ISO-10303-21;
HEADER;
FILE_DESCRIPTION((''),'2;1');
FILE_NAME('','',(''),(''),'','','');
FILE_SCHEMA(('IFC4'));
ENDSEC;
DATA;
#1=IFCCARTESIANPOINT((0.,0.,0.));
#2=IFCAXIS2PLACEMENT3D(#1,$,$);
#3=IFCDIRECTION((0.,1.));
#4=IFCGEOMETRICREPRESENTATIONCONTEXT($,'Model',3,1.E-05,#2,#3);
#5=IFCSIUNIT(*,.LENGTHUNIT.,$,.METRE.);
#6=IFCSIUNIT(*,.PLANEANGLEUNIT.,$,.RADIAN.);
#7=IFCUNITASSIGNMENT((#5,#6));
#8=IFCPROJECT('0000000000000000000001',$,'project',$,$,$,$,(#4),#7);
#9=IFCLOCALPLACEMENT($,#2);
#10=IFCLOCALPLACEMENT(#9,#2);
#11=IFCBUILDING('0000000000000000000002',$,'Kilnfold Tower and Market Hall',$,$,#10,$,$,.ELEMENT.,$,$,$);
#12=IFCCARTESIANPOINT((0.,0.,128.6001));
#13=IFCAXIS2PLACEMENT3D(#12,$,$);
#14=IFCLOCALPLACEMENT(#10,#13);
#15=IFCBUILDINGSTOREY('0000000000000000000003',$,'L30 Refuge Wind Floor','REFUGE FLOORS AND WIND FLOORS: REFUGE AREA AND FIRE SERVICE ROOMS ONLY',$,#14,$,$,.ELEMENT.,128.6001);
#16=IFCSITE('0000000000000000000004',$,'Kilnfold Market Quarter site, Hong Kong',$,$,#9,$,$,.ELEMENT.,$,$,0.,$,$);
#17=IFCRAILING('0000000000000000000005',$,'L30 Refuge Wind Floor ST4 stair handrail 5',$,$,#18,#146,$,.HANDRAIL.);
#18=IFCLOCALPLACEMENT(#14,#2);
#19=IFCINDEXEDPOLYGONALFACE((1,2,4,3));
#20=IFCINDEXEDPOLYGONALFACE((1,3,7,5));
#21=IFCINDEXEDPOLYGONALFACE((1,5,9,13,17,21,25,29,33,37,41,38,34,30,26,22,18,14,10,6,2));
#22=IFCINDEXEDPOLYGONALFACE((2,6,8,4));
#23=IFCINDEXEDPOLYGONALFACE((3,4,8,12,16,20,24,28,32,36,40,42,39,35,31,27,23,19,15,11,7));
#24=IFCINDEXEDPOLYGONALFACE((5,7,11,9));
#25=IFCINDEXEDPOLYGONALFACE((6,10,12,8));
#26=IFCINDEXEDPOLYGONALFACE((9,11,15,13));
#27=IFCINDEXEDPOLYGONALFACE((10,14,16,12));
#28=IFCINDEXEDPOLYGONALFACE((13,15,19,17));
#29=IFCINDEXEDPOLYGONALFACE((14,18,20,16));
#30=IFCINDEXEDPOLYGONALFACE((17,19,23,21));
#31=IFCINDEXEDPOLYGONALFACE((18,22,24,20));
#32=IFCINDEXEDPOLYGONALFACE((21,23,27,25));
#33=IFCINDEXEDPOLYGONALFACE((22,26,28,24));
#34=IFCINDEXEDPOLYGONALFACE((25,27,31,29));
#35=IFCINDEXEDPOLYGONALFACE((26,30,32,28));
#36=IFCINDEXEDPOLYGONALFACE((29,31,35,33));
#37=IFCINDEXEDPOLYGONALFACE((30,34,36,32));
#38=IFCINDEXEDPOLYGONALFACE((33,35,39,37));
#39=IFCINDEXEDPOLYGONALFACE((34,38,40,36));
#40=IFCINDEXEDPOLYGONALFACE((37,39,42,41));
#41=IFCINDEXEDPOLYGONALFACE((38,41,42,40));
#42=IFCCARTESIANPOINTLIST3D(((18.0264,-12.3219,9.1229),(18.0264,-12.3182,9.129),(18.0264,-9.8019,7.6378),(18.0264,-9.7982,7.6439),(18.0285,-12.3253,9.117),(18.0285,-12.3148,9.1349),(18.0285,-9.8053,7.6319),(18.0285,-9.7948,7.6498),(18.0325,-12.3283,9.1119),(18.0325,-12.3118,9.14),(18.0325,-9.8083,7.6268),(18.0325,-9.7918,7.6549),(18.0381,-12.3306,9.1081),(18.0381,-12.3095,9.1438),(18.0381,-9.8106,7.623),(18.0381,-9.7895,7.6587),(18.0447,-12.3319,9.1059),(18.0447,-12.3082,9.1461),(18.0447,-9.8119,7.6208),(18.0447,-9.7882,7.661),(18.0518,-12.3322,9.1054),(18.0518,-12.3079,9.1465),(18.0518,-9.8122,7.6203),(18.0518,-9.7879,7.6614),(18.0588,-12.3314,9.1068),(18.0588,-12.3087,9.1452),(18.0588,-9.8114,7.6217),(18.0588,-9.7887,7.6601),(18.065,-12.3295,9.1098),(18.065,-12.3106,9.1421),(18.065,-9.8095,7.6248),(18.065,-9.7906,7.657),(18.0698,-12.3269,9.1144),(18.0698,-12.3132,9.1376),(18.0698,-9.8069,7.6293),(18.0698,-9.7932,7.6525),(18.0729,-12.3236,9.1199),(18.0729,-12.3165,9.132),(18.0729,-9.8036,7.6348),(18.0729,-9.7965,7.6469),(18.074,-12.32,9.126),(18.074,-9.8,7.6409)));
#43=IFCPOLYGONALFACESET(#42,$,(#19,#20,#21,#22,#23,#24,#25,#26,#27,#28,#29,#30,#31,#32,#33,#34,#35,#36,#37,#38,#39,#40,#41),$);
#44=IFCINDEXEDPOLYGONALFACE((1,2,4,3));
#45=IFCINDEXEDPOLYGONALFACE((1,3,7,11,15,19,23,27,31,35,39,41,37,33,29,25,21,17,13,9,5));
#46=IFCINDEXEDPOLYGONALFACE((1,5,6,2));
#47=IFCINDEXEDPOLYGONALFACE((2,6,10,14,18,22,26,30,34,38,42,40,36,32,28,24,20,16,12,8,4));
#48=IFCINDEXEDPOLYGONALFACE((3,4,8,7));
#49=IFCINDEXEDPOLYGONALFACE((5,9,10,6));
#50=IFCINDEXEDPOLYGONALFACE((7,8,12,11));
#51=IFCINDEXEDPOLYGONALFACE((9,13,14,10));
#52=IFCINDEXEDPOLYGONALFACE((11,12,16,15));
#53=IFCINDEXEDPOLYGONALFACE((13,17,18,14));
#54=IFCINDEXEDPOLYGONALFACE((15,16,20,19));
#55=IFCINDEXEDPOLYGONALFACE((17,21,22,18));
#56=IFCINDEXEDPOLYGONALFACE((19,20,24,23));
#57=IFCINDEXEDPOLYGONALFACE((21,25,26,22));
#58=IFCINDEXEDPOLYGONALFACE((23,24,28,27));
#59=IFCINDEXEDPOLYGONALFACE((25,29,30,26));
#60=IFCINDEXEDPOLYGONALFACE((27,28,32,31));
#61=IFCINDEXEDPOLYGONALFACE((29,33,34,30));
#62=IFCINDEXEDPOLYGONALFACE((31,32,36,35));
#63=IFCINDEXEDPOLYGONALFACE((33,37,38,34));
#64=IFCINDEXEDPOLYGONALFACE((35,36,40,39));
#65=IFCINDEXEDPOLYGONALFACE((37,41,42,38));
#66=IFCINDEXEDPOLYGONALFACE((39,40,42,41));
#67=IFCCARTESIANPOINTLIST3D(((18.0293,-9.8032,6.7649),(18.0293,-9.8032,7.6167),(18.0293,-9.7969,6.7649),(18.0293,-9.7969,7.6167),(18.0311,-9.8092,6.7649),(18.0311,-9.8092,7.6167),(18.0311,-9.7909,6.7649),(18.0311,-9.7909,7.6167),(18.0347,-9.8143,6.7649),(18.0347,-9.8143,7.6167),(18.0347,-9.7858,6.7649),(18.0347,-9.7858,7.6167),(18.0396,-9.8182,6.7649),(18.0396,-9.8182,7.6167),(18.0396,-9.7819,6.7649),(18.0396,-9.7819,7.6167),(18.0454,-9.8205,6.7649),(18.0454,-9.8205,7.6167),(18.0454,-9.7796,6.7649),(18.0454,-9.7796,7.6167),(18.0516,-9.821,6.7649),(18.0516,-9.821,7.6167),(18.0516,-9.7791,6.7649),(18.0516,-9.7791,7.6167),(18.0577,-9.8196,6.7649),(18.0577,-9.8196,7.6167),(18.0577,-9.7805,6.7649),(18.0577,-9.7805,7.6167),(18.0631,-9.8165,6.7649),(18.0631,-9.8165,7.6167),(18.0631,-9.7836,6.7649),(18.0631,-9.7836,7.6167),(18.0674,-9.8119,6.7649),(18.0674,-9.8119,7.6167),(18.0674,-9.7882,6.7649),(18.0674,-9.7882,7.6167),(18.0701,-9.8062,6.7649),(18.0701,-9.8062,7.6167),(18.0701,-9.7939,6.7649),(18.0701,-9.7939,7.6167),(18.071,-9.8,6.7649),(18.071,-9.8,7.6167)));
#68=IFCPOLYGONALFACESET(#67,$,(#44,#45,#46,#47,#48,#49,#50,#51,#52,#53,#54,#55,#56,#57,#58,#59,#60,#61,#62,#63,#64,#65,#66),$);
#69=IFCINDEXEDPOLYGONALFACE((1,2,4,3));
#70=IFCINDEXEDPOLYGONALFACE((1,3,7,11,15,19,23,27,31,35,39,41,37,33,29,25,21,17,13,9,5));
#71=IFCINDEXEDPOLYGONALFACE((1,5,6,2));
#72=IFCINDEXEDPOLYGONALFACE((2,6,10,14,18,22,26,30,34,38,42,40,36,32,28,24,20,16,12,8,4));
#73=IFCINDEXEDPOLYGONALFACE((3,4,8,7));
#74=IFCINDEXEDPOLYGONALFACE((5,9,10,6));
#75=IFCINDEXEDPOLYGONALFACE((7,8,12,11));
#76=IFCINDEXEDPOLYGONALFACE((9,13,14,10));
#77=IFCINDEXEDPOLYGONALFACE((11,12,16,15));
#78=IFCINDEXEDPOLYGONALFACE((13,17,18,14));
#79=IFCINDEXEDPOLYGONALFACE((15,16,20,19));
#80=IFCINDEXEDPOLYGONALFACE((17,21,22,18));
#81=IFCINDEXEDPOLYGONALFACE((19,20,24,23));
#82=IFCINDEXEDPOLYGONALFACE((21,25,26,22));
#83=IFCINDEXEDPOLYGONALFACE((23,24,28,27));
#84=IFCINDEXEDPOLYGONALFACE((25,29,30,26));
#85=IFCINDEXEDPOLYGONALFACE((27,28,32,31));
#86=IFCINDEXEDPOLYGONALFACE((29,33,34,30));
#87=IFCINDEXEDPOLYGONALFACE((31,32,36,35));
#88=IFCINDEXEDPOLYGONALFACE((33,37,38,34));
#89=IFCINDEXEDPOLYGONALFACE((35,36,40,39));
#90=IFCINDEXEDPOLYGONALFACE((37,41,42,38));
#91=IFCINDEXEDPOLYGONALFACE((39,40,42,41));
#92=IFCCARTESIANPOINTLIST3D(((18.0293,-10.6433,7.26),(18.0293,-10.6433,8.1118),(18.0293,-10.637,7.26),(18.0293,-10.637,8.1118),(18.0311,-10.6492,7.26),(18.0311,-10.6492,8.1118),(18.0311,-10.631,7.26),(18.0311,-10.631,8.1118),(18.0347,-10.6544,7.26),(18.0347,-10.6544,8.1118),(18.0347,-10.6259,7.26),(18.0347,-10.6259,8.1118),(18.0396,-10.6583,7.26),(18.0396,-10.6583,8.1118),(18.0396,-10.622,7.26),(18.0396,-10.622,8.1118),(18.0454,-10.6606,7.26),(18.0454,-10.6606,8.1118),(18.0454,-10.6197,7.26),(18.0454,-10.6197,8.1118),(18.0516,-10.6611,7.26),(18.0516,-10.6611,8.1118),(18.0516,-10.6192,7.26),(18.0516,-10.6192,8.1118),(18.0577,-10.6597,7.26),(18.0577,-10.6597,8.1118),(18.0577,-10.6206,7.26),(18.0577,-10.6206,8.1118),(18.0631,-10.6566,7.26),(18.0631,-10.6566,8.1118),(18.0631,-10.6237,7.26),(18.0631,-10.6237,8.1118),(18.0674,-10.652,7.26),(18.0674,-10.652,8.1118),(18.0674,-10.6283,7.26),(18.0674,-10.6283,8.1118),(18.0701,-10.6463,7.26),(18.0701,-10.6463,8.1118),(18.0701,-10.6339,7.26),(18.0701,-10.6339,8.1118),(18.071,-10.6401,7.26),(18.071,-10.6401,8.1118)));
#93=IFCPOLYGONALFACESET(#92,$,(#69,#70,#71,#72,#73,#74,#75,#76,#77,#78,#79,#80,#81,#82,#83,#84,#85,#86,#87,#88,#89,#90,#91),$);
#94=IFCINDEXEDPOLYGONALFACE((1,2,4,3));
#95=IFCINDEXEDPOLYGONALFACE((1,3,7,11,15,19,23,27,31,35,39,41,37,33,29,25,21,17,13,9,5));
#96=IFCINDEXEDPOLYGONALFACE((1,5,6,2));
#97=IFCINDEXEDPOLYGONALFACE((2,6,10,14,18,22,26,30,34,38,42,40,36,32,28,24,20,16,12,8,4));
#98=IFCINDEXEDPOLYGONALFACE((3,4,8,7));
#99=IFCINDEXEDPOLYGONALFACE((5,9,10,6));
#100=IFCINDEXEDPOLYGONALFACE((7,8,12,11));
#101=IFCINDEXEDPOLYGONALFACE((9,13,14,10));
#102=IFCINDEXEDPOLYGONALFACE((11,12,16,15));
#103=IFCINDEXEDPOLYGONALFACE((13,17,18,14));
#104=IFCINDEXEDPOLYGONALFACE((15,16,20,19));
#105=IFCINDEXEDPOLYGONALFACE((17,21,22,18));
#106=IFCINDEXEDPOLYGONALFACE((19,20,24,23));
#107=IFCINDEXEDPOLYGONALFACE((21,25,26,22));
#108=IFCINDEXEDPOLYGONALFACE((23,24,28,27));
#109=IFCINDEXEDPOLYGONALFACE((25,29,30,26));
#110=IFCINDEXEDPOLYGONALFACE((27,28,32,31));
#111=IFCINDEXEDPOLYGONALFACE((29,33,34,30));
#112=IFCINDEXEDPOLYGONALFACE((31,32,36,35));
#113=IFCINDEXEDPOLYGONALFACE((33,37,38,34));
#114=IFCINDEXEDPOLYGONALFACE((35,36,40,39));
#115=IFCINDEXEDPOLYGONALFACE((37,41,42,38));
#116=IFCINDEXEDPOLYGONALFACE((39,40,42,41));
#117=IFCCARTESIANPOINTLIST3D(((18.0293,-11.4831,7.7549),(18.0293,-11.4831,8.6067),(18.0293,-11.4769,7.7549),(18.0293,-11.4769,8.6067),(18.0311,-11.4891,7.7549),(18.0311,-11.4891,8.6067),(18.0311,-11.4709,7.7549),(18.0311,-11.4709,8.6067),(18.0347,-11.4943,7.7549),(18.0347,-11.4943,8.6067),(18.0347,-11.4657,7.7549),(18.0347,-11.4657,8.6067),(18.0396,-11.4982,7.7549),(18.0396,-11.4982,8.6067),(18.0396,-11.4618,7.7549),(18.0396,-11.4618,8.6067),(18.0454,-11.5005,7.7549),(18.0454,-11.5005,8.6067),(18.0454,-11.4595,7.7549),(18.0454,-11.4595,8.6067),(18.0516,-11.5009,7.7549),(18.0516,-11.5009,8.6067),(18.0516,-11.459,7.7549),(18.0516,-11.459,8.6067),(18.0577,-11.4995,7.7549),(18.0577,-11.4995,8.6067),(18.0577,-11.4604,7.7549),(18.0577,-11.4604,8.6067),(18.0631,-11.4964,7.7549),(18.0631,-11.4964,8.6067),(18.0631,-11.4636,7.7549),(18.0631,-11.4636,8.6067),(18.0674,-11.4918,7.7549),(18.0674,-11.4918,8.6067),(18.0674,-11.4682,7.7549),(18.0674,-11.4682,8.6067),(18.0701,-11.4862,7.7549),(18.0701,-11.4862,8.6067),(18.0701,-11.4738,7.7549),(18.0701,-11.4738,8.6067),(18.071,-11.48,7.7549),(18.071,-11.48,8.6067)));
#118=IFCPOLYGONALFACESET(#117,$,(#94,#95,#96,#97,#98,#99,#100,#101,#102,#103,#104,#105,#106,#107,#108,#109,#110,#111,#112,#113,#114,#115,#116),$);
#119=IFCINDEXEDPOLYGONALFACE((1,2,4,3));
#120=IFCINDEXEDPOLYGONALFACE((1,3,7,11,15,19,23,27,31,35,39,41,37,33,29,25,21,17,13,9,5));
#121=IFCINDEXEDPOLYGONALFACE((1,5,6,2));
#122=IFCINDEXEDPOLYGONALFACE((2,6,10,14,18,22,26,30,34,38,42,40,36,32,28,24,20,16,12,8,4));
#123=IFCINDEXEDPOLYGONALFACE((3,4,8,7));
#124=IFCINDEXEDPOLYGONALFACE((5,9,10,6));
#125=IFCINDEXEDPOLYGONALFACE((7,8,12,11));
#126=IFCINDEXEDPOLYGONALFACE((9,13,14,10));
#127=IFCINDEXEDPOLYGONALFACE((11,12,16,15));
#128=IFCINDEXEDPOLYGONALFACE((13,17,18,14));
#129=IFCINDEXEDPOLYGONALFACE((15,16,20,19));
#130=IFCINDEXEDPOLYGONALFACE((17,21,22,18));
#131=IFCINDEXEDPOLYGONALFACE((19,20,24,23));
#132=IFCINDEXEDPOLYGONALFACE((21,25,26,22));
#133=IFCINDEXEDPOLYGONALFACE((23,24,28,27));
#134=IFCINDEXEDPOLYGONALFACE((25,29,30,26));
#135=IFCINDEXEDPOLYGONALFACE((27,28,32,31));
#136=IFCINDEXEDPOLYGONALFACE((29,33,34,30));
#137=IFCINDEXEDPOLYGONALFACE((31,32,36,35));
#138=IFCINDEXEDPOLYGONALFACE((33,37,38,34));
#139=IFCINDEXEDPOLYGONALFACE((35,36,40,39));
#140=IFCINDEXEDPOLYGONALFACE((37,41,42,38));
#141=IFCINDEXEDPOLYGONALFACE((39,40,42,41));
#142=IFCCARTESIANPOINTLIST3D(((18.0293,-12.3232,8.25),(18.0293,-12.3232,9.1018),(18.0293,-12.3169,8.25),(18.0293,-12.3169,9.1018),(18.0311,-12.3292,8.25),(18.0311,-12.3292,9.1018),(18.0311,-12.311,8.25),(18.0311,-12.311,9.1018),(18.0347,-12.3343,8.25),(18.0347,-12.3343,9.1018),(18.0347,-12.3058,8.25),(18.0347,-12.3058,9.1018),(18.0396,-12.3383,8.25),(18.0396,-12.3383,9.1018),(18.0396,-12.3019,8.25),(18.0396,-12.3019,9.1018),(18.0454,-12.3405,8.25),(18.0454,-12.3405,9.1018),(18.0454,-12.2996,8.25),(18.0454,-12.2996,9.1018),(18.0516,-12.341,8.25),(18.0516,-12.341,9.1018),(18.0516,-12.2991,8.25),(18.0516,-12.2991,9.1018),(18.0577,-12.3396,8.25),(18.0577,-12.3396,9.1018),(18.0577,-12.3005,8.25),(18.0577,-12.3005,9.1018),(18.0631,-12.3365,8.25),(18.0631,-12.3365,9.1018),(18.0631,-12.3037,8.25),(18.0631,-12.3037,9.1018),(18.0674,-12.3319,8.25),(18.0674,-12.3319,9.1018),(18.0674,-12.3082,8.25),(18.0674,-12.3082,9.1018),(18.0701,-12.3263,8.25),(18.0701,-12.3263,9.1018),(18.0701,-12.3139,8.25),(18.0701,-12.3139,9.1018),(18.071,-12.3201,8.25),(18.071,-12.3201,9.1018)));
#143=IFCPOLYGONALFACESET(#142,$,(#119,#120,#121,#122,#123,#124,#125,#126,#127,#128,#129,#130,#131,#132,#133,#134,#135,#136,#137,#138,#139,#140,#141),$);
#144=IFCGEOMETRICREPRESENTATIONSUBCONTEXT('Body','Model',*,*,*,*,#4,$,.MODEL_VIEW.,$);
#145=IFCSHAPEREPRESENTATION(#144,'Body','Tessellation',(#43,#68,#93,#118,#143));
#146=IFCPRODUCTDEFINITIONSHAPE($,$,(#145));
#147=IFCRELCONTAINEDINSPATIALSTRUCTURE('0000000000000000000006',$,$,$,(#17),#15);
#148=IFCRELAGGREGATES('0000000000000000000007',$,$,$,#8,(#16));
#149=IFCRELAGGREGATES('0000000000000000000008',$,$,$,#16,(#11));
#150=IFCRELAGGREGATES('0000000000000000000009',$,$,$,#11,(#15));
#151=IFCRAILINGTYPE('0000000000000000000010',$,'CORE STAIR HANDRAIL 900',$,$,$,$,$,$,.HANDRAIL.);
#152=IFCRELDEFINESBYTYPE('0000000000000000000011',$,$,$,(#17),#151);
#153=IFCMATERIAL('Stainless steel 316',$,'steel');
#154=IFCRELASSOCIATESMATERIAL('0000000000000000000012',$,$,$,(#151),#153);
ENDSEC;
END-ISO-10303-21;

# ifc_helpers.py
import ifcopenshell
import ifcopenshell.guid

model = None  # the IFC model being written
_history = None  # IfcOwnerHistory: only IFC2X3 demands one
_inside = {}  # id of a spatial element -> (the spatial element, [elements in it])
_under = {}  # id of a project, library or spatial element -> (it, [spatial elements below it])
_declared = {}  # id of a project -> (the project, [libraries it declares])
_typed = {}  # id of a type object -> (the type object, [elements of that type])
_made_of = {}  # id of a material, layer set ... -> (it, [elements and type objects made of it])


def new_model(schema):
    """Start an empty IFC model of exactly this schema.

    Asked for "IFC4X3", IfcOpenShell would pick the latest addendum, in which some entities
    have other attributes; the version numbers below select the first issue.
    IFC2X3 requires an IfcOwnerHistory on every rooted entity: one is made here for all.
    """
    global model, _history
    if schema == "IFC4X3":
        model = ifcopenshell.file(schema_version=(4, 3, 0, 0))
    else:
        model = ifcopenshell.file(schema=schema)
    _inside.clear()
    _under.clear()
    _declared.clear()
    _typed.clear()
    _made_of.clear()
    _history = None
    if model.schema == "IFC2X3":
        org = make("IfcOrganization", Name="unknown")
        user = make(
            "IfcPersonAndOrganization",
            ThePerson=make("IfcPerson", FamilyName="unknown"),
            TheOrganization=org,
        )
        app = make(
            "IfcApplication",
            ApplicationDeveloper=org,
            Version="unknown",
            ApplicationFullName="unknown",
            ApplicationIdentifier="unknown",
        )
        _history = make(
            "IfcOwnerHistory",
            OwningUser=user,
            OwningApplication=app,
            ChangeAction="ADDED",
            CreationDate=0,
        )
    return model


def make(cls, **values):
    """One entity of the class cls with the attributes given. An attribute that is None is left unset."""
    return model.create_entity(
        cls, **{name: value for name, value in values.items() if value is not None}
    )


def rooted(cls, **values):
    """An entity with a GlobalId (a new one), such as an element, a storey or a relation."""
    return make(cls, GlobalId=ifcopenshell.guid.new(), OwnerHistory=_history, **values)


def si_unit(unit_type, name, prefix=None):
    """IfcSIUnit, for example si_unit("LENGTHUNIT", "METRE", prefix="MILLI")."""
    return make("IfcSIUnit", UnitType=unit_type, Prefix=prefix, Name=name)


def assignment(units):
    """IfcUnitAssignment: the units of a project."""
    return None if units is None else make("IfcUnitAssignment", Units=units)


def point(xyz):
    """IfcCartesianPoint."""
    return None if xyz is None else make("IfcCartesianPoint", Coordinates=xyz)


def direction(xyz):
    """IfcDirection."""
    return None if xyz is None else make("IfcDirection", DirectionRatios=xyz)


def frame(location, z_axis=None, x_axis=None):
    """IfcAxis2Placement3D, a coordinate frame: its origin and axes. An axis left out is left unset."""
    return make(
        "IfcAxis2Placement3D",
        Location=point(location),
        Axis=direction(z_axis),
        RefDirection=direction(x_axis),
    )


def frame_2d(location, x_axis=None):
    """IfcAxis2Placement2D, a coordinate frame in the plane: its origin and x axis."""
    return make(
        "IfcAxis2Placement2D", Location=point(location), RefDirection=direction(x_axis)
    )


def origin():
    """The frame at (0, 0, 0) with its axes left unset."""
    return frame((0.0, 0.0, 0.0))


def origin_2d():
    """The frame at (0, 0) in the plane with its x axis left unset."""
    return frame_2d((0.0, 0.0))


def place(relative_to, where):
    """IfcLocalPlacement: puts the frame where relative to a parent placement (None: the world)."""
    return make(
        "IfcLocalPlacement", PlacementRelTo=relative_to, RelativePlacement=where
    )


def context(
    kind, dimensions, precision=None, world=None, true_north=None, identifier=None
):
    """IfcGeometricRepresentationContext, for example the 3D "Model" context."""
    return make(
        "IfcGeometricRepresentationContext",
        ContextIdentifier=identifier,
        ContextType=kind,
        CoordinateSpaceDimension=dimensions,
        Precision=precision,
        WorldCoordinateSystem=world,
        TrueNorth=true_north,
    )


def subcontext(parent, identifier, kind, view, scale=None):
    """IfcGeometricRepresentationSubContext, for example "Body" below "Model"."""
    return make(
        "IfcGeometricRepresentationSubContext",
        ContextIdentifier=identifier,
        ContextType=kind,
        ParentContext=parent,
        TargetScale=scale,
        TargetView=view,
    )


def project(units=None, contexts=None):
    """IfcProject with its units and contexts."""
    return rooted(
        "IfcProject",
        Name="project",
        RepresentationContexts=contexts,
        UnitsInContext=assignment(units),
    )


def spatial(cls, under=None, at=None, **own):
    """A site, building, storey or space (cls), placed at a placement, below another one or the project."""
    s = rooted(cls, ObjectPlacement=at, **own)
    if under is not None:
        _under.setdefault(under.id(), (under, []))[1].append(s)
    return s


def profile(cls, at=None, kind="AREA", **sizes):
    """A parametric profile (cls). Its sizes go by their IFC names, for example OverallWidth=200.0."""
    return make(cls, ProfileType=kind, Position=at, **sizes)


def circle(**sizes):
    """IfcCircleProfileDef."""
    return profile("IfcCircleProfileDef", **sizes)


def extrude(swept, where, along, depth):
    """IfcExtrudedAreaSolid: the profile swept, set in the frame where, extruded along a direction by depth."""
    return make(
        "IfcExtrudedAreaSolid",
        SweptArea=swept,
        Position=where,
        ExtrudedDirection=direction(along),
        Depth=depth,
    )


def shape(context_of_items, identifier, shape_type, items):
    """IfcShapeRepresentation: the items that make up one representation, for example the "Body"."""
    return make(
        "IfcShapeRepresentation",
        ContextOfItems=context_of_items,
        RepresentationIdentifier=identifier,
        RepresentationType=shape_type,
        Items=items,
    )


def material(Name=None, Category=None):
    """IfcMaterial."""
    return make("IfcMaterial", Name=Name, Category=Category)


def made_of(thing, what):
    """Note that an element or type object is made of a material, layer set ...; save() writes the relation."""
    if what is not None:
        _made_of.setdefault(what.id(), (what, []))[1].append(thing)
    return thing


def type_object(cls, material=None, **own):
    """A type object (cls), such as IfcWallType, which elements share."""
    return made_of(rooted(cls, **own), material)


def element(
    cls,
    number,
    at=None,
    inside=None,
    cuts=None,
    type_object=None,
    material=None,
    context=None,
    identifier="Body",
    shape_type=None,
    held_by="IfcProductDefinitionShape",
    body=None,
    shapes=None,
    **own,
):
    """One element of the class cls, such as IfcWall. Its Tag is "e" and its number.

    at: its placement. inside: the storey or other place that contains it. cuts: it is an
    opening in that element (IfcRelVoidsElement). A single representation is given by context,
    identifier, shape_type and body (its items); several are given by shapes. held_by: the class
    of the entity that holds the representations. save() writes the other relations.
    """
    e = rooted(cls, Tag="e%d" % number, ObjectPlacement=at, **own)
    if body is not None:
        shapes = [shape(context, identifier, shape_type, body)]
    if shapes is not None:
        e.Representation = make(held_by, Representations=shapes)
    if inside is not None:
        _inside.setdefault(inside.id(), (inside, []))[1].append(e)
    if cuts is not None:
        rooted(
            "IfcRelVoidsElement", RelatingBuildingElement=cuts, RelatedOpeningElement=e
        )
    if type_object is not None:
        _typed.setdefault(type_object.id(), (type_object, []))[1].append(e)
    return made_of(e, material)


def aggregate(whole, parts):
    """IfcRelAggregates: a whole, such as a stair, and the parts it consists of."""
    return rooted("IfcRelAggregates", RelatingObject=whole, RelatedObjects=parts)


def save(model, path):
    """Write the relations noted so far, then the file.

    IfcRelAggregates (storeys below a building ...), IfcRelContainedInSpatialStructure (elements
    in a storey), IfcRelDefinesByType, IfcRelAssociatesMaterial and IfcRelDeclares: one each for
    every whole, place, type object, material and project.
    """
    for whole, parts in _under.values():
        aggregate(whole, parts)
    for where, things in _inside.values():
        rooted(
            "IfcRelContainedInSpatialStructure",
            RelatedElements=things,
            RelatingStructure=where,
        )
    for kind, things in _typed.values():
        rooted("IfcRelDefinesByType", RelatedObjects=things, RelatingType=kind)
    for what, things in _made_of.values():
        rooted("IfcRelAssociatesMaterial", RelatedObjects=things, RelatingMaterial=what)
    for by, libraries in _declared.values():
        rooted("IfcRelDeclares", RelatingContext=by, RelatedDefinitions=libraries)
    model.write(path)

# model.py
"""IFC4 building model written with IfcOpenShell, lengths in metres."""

from ifc_helpers import new_model, si_unit, direction, frame, origin, origin_2d, place, context, subcontext, project, spatial, circle, extrude, material, type_object, element, save


model = new_model("IFC4")

# Units and contexts
model_context = context("Model", 3, precision=1e-05, world=origin(), true_north=direction((0.0, 1.0)))
body_context = subcontext(model_context, "Body", "Model", "MODEL_VIEW")
ifc_project = project(units=[si_unit("LENGTHUNIT", "METRE"), si_unit("PLANEANGLEUNIT", "RADIAN")], contexts=[model_context])

# Site, building, storey
site_placement = place(None, origin())
site = spatial("IfcSite", under=ifc_project, at=site_placement, Name="Kilnfold Market Quarter site, Hong Kong", CompositionType="ELEMENT", RefElevation=0.0)
building_placement = place(site_placement, origin())
building = spatial("IfcBuilding", under=site, at=building_placement, Name="Kilnfold Tower and Market Hall", CompositionType="ELEMENT")
storey_placement = place(building_placement, frame((0.0, 0.0, 128.6001)))
storey = spatial("IfcBuildingStorey", under=building, at=storey_placement, Name="L30 Refuge Wind Floor", Description="REFUGE FLOORS AND WIND FLOORS: REFUGE AREA AND FIRE SERVICE ROOMS ONLY", CompositionType="ELEMENT", Elevation=128.6001)

# Railing
ifc_material_1 = material(Name="Stainless steel 316", Category="steel")
railing_type_1 = type_object("IfcRailingType", Name="CORE STAIR HANDRAIL 900", PredefinedType="HANDRAIL", material=ifc_material_1)
railing_1_placement = place(storey_placement, frame((18.05, -9.8, 6.7649)))
element("IfcRailing", 1, at=railing_1_placement, inside=storey, type_object=railing_type_1, Name="L30 Refuge Wind Floor ST4 stair handrail 5", PredefinedType="HANDRAIL", context=body_context, shape_type="SweptSolid", body=[
    extrude(circle(Radius=0.0239, at=origin_2d()), frame((0.0, 0.0, 0.876), z_axis=(0.0, -0.861524, 0.507717), x_axis=(1.0, 0.0, 0.0)), (0.0, 0.0, 1.0), 2.925),
    extrude(circle(Radius=0.021, at=origin_2d()), origin(), (0.0, 0.0, 1.0), 0.8518),
    extrude(circle(Radius=0.021, at=origin_2d()), frame((0.0, -0.8401, 0.4951)), (0.0, 0.0, 1.0), 0.8518),
    extrude(circle(Radius=0.021, at=origin_2d()), frame((0.0, -1.6799, 0.99)), (0.0, 0.0, 1.0), 0.8518),
    extrude(circle(Radius=0.021, at=origin_2d()), frame((0.0, -2.52, 1.4851)), (0.0, 0.0, 1.0), 0.8518),
])

save(model, "model.ifc")
